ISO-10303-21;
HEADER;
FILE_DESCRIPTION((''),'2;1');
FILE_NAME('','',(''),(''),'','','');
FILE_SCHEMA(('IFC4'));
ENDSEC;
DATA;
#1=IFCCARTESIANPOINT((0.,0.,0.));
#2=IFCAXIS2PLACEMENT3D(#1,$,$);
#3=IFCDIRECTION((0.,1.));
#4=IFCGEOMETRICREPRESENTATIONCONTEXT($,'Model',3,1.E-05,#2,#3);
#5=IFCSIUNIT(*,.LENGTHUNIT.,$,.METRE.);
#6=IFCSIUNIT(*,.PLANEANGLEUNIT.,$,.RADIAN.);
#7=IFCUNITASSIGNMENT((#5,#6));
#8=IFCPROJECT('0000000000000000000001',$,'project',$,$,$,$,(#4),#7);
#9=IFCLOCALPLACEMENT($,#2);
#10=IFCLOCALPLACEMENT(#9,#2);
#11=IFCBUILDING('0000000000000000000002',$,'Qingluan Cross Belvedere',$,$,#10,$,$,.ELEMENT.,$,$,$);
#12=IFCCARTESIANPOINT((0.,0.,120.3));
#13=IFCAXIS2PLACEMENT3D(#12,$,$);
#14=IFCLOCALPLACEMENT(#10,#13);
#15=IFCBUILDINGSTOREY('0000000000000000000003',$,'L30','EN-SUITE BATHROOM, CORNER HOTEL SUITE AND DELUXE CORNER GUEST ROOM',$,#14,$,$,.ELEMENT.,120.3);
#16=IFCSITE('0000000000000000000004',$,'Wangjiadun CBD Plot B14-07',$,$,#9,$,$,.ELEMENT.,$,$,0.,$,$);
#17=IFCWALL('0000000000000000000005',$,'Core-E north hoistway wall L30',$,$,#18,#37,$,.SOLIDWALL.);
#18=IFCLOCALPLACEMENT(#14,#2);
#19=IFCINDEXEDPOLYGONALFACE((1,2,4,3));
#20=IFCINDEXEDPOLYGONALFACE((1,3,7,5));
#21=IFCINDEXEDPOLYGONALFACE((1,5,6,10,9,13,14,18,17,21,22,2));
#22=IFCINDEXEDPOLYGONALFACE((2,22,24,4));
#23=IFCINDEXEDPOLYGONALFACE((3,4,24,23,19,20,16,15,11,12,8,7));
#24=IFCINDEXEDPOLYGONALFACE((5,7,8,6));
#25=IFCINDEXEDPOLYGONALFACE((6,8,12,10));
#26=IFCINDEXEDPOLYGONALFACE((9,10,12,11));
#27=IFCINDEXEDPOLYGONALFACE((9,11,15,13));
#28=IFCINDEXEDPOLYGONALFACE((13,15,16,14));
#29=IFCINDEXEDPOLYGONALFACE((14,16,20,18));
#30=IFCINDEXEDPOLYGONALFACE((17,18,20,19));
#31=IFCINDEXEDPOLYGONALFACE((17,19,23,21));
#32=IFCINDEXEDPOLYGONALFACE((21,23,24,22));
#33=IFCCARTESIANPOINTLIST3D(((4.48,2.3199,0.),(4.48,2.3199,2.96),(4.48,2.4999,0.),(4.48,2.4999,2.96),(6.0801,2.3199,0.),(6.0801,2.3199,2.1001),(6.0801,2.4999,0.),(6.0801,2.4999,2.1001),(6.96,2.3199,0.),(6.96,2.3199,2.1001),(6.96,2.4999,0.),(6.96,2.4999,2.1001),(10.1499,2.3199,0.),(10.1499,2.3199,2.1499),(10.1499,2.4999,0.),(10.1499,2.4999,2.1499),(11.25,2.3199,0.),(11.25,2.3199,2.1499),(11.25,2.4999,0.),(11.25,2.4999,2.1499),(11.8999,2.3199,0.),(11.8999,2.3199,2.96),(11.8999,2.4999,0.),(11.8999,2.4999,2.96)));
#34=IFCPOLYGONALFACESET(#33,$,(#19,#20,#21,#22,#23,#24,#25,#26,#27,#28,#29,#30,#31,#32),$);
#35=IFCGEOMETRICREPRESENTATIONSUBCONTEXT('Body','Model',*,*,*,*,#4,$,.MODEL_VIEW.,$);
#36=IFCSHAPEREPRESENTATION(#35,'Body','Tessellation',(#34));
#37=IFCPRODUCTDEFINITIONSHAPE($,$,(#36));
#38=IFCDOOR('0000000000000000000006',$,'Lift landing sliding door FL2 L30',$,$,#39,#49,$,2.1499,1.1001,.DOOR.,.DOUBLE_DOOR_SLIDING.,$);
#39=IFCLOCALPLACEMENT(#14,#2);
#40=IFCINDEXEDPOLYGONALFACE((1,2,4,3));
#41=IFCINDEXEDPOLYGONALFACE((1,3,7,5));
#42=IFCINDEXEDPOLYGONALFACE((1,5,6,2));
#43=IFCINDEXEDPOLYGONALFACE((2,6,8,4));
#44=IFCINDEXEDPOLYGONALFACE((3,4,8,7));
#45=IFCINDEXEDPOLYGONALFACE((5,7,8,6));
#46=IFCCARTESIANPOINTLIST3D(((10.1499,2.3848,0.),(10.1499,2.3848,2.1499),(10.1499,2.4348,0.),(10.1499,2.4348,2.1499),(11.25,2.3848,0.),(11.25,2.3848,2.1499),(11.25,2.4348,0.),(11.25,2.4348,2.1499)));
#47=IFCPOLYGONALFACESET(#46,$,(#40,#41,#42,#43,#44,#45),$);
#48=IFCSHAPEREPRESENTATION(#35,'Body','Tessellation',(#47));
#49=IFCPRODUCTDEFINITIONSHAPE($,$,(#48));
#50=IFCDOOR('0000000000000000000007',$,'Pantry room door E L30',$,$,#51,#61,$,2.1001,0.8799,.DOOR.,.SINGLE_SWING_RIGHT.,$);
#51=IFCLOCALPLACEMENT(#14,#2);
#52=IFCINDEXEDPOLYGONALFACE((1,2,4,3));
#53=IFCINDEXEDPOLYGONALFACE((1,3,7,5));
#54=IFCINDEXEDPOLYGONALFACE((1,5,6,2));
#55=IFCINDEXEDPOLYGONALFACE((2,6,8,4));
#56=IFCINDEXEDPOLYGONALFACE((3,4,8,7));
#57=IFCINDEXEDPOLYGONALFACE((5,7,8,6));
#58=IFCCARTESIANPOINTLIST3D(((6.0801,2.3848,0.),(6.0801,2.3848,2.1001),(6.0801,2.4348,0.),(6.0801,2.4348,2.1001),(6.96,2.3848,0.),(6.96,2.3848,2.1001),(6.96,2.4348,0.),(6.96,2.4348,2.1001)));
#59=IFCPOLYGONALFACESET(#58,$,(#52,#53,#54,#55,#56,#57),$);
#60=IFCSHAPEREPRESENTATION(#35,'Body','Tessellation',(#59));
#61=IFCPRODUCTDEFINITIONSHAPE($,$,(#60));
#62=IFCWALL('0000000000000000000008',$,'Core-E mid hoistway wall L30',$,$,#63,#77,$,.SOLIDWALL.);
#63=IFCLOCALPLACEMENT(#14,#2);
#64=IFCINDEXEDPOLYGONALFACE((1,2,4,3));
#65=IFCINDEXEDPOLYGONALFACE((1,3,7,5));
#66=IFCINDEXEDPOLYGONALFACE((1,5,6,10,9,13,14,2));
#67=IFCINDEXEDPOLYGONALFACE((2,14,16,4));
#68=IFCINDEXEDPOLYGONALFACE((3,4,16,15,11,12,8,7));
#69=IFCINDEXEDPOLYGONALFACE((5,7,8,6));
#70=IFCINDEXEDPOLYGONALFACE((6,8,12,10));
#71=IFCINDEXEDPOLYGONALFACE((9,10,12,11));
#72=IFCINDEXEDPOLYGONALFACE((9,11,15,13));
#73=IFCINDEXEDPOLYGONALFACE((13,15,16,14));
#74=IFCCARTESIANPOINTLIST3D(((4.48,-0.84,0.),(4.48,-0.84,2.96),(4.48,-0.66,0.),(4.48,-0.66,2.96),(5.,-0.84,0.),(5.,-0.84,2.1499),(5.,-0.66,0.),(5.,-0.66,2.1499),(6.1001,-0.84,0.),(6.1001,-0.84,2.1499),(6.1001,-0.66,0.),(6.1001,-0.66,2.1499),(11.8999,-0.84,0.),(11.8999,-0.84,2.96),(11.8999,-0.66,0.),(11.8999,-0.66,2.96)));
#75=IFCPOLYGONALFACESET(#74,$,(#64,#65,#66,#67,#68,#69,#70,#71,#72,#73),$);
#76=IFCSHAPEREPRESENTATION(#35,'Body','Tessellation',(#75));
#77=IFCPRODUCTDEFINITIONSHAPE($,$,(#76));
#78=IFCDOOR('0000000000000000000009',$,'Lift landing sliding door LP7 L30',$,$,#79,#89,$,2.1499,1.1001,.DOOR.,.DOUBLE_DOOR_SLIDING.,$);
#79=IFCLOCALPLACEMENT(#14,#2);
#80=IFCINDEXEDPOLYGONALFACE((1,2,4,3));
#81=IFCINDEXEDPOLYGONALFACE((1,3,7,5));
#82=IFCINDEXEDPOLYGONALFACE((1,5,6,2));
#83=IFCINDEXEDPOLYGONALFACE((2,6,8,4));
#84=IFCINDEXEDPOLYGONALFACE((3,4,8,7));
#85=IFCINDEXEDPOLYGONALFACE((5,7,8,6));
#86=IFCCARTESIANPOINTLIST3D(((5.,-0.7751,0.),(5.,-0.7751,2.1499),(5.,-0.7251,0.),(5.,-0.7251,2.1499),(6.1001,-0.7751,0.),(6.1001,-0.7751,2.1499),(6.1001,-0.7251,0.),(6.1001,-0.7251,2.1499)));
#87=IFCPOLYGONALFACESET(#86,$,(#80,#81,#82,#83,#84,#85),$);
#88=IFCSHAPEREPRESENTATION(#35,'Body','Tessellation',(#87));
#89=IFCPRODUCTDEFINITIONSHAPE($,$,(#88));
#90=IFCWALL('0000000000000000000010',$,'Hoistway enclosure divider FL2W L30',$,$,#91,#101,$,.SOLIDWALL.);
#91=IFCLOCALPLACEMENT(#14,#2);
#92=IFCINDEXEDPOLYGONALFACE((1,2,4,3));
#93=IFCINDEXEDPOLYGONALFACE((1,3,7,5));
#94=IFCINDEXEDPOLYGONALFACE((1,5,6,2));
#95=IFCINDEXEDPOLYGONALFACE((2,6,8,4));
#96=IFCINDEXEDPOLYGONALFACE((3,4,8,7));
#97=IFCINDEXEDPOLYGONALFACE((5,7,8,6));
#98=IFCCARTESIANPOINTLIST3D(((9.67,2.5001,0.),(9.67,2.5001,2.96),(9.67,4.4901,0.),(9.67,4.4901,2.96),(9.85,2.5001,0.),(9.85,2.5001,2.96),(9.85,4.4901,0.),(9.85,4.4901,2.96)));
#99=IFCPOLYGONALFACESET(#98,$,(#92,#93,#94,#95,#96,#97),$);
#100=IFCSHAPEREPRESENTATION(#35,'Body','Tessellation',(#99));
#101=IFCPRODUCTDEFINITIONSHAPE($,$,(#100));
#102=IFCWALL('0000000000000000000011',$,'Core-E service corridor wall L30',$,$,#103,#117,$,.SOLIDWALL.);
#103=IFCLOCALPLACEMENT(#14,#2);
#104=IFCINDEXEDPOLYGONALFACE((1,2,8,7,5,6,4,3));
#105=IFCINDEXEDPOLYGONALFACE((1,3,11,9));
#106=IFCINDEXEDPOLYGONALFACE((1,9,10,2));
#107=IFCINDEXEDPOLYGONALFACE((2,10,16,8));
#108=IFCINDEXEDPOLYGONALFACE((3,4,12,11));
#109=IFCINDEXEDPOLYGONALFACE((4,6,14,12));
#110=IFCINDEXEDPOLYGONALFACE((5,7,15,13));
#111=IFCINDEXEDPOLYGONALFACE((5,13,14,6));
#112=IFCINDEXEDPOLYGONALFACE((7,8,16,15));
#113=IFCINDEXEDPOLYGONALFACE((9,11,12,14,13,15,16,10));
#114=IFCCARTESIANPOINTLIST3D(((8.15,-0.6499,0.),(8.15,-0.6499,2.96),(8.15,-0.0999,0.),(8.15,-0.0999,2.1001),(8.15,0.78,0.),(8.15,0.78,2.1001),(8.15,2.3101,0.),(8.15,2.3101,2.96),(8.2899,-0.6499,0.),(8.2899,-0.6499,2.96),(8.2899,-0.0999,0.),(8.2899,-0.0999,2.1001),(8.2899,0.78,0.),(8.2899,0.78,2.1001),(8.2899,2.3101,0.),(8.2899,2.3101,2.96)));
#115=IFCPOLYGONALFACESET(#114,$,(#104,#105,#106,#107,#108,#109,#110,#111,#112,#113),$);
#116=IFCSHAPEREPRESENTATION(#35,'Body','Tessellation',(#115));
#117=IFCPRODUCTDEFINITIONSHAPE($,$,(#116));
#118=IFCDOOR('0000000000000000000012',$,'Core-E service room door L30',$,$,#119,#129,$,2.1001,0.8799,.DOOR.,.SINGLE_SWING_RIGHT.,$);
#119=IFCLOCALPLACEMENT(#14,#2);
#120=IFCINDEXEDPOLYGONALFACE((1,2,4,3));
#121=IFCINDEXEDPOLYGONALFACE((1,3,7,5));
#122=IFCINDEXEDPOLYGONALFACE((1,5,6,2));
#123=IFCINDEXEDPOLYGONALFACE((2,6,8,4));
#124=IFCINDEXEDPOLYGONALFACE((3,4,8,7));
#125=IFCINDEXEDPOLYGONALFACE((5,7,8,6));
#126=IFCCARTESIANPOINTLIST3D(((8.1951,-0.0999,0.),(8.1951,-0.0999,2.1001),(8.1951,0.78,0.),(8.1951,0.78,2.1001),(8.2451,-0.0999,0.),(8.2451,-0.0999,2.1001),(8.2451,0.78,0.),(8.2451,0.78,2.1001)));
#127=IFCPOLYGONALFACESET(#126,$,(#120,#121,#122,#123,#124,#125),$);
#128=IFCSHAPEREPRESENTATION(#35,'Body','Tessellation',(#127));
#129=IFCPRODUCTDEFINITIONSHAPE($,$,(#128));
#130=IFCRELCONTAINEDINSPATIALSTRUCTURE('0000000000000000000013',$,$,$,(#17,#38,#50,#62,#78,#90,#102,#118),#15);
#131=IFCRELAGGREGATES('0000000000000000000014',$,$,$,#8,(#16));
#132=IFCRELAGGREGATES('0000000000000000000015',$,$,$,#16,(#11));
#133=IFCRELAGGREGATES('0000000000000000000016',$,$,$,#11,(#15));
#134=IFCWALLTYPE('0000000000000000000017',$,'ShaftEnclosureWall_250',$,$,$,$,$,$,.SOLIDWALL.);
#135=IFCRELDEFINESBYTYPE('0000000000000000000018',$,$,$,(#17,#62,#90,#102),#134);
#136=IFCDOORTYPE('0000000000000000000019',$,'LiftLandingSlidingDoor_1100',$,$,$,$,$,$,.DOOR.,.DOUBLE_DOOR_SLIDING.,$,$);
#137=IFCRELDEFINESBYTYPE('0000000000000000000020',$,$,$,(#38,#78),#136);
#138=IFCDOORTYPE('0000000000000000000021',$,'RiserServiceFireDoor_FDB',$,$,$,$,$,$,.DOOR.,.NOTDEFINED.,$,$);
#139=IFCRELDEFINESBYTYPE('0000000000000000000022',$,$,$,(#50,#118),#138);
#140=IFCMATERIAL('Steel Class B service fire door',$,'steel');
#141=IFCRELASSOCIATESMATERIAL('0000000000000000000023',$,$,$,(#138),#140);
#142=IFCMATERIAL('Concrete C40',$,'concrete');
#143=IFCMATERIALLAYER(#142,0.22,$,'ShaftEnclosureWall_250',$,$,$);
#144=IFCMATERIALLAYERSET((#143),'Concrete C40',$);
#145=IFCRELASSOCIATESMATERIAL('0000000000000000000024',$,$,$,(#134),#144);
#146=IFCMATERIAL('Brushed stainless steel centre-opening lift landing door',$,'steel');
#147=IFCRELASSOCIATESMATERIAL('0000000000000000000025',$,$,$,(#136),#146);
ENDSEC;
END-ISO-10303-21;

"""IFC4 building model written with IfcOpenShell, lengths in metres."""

from ifc_helpers import new_model, si_unit, direction, frame, frame_2d, origin, place, context, subcontext, project, spatial, rectangle, extrude, material, layer, layer_set, type_object, element, fill, save


model = new_model("IFC4")

# Units and contexts
model_context = context("Model", 3, precision=1e-05, world=origin(), true_north=direction((0.0, 1.0)))
body_context = subcontext(model_context, "Body", "Model", "MODEL_VIEW")
ifc_project = project(units=[si_unit("LENGTHUNIT", "METRE"), si_unit("PLANEANGLEUNIT", "RADIAN")], contexts=[model_context])

# Site, building, storey
site_placement = place(None, origin())
site = spatial("IfcSite", under=ifc_project, at=site_placement, Name="Wangjiadun CBD Plot B14-07", CompositionType="ELEMENT", RefElevation=0.0)
building_placement = place(site_placement, origin())
building = spatial("IfcBuilding", under=site, at=building_placement, Name="Qingluan Cross Belvedere", CompositionType="ELEMENT")
storey_placement = place(building_placement, frame((0.0, 0.0, 120.3)))
storey = spatial("IfcBuildingStorey", under=building, at=storey_placement, Name="L30", Description="EN-SUITE BATHROOM, CORNER HOTEL SUITE AND DELUXE CORNER GUEST ROOM", CompositionType="ELEMENT", Elevation=120.3)

# Shared definitions
ifc_material_1 = material(Name="Steel Class B service fire door", Category="steel")
door_type_1 = type_object("IfcDoorType", Name="RiserServiceFireDoor_FDB", OperationType="NOTDEFINED", PredefinedType="DOOR", material=ifc_material_1)

# Wall, openings, doors
ifc_material_2 = material(Name="Concrete C40", Category="concrete")
ifc_layer_1 = layer(ifc_material_2, 0.22, Name="ShaftEnclosureWall_250")
ifc_layer_set_1 = layer_set([ifc_layer_1], Name="Concrete C40")
wall_type_1 = type_object("IfcWallType", Name="ShaftEnclosureWall_250", PredefinedType="SOLIDWALL", material=ifc_layer_set_1)
wall_1_placement = place(storey_placement, frame((4.48, 2.4099, 0.0), z_axis=(0.0, 0.0, 1.0), x_axis=(1.0, 0.0, 0.0)))
wall_1 = element("IfcWall", 1, at=wall_1_placement, inside=storey, type_object=wall_type_1, Name="Core-E north hoistway wall L30", PredefinedType="SOLIDWALL", context=body_context, shape_type="SweptSolid", body=[
    extrude(rectangle(XDim=7.4199, YDim=0.1799, at=frame_2d((3.71, 0.0))), origin(), (0.0, 0.0, 1.0), 2.96),
])
opening_1_placement = place(wall_1_placement, frame((5.6699, 0.0, 0.0)))
opening_1 = element("IfcOpeningElement", 2, at=opening_1_placement, cuts=wall_1, PredefinedType="OPENING", context=body_context, shape_type="SweptSolid", body=[
    extrude(rectangle(XDim=1.1001, YDim=2.1499, at=frame_2d((0.55, 1.075))), frame((0.0, 0.0999, 0.0), z_axis=(0.0, -1.0, 0.0), x_axis=(1.0, 0.0, 0.0)), (0.0, 0.0, 1.0), 0.2),
])
opening_2_placement = place(wall_1_placement, frame((1.6001, 0.0, 0.0)))
opening_2 = element("IfcOpeningElement", 3, at=opening_2_placement, cuts=wall_1, PredefinedType="OPENING", context=body_context, shape_type="SweptSolid", body=[
    extrude(rectangle(XDim=0.8799, YDim=2.1001, at=frame_2d((0.4399, 1.05))), frame((0.0, 0.0999, 0.0), z_axis=(0.0, -1.0, 0.0), x_axis=(1.0, 0.0, 0.0)), (0.0, 0.0, 1.0), 0.2),
])
ifc_material_3 = material(Name="Brushed stainless steel centre-opening lift landing door", Category="steel")
door_type_2 = type_object("IfcDoorType", Name="LiftLandingSlidingDoor_1100", OperationType="DOUBLE_DOOR_SLIDING", PredefinedType="DOOR", material=ifc_material_3)
door_1_placement = place(opening_1_placement, origin())
door_1 = element("IfcDoor", 4, at=door_1_placement, inside=storey, type_object=door_type_2, Name="Lift landing sliding door FL2 L30", OperationType="DOUBLE_DOOR_SLIDING", OverallHeight=2.1499, OverallWidth=1.1001, PredefinedType="DOOR", context=body_context, shape_type="SweptSolid", body=[
    extrude(rectangle(XDim=1.1001, YDim=2.1499, at=frame_2d((0.55, 1.075))), frame((0.0, 0.0249, 0.0), z_axis=(0.0, -1.0, 0.0), x_axis=(1.0, 0.0, 0.0)), (0.0, 0.0, 1.0), 0.05),
])
fill(opening_1, door_1)
door_2_placement = place(opening_2_placement, origin())
door_2 = element("IfcDoor", 5, at=door_2_placement, inside=storey, type_object=door_type_1, Name="Pantry room door E L30", OperationType="SINGLE_SWING_RIGHT", OverallHeight=2.1001, OverallWidth=0.8799, PredefinedType="DOOR", context=body_context, shape_type="SweptSolid", body=[
    extrude(rectangle(XDim=0.8799, YDim=2.1001, at=frame_2d((0.4399, 1.05))), frame((0.0, 0.0249, 0.0), z_axis=(0.0, -1.0, 0.0), x_axis=(1.0, 0.0, 0.0)), (0.0, 0.0, 1.0), 0.05),
])
fill(opening_2, door_2)

# Wall, opening, door
wall_2_placement = place(storey_placement, frame((4.48, -0.75, 0.0), z_axis=(0.0, 0.0, 1.0), x_axis=(1.0, 0.0, 0.0)))
wall_2 = element("IfcWall", 6, at=wall_2_placement, inside=storey, type_object=wall_type_1, Name="Core-E mid hoistway wall L30", PredefinedType="SOLIDWALL", context=body_context, shape_type="SweptSolid", body=[
    extrude(rectangle(XDim=7.4199, YDim=0.1799, at=frame_2d((3.71, 0.0))), origin(), (0.0, 0.0, 1.0), 2.96),
])
opening_3_placement = place(wall_2_placement, frame((0.52, 0.0, 0.0)))
opening_3 = element("IfcOpeningElement", 7, at=opening_3_placement, cuts=wall_2, PredefinedType="OPENING", context=body_context, shape_type="SweptSolid", body=[
    extrude(rectangle(XDim=1.1001, YDim=2.1499, at=frame_2d((0.55, 1.075))), frame((0.0, 0.0999, 0.0), z_axis=(0.0, -1.0, 0.0), x_axis=(1.0, 0.0, 0.0)), (0.0, 0.0, 1.0), 0.2),
])
door_3_placement = place(opening_3_placement, origin())
door_3 = element("IfcDoor", 8, at=door_3_placement, inside=storey, type_object=door_type_2, Name="Lift landing sliding door LP7 L30", OperationType="DOUBLE_DOOR_SLIDING", OverallHeight=2.1499, OverallWidth=1.1001, PredefinedType="DOOR", context=body_context, shape_type="SweptSolid", body=[
    extrude(rectangle(XDim=1.1001, YDim=2.1499, at=frame_2d((0.55, 1.075))), frame((0.0, 0.0249, 0.0), z_axis=(0.0, -1.0, 0.0), x_axis=(1.0, 0.0, 0.0)), (0.0, 0.0, 1.0), 0.05),
])
fill(opening_3, door_3)

# Wall
wall_3_placement = place(storey_placement, frame((9.76, 2.5, 0.0), z_axis=(0.0, 0.0, 1.0), x_axis=(0.0, 1.0, 0.0)))
element("IfcWall", 9, at=wall_3_placement, inside=storey, type_object=wall_type_1, Name="Hoistway enclosure divider FL2W L30", PredefinedType="SOLIDWALL", context=body_context, shape_type="SweptSolid", body=[
    extrude(rectangle(XDim=1.99, YDim=0.1799, at=frame_2d((0.9951, 0.0))), origin(), (0.0, 0.0, 1.0), 2.96),
])

# Wall, opening, door
wall_4_placement = place(storey_placement, frame((8.22, -0.6499, 0.0), z_axis=(0.0, 0.0, 1.0), x_axis=(0.0, 1.0, 0.0)))
wall_4 = element("IfcWall", 10, at=wall_4_placement, inside=storey, type_object=wall_type_1, Name="Core-E service corridor wall L30", PredefinedType="SOLIDWALL", context=body_context, shape_type="SweptSolid", body=[
    extrude(rectangle(XDim=2.96, YDim=0.1399, at=frame_2d((1.48, 0.0))), origin(), (0.0, 0.0, 1.0), 2.96),
])
opening_4_placement = place(wall_4_placement, frame((0.55, 0.0, 0.0)))
opening_4 = element("IfcOpeningElement", 11, at=opening_4_placement, cuts=wall_4, PredefinedType="OPENING", context=body_context, shape_type="SweptSolid", body=[
    extrude(rectangle(XDim=0.8799, YDim=2.1001, at=frame_2d((0.4399, 1.05))), frame((0.0, 0.0798, 0.0), z_axis=(0.0, -1.0, 0.0), x_axis=(1.0, 0.0, 0.0)), (0.0, 0.0, 1.0), 0.1599),
])
door_4_placement = place(opening_4_placement, origin())
door_4 = element("IfcDoor", 12, at=door_4_placement, inside=storey, type_object=door_type_1, Name="Core-E service room door L30", OperationType="SINGLE_SWING_RIGHT", OverallHeight=2.1001, OverallWidth=0.8799, PredefinedType="DOOR", context=body_context, shape_type="SweptSolid", body=[
    extrude(rectangle(XDim=0.8799, YDim=2.1001, at=frame_2d((0.4399, 1.05))), frame((0.0, 0.0249, 0.0), z_axis=(0.0, -1.0, 0.0), x_axis=(1.0, 0.0, 0.0)), (0.0, 0.0, 1.0), 0.05),
])
fill(opening_4, door_4)

save(model, "model.ifc")
